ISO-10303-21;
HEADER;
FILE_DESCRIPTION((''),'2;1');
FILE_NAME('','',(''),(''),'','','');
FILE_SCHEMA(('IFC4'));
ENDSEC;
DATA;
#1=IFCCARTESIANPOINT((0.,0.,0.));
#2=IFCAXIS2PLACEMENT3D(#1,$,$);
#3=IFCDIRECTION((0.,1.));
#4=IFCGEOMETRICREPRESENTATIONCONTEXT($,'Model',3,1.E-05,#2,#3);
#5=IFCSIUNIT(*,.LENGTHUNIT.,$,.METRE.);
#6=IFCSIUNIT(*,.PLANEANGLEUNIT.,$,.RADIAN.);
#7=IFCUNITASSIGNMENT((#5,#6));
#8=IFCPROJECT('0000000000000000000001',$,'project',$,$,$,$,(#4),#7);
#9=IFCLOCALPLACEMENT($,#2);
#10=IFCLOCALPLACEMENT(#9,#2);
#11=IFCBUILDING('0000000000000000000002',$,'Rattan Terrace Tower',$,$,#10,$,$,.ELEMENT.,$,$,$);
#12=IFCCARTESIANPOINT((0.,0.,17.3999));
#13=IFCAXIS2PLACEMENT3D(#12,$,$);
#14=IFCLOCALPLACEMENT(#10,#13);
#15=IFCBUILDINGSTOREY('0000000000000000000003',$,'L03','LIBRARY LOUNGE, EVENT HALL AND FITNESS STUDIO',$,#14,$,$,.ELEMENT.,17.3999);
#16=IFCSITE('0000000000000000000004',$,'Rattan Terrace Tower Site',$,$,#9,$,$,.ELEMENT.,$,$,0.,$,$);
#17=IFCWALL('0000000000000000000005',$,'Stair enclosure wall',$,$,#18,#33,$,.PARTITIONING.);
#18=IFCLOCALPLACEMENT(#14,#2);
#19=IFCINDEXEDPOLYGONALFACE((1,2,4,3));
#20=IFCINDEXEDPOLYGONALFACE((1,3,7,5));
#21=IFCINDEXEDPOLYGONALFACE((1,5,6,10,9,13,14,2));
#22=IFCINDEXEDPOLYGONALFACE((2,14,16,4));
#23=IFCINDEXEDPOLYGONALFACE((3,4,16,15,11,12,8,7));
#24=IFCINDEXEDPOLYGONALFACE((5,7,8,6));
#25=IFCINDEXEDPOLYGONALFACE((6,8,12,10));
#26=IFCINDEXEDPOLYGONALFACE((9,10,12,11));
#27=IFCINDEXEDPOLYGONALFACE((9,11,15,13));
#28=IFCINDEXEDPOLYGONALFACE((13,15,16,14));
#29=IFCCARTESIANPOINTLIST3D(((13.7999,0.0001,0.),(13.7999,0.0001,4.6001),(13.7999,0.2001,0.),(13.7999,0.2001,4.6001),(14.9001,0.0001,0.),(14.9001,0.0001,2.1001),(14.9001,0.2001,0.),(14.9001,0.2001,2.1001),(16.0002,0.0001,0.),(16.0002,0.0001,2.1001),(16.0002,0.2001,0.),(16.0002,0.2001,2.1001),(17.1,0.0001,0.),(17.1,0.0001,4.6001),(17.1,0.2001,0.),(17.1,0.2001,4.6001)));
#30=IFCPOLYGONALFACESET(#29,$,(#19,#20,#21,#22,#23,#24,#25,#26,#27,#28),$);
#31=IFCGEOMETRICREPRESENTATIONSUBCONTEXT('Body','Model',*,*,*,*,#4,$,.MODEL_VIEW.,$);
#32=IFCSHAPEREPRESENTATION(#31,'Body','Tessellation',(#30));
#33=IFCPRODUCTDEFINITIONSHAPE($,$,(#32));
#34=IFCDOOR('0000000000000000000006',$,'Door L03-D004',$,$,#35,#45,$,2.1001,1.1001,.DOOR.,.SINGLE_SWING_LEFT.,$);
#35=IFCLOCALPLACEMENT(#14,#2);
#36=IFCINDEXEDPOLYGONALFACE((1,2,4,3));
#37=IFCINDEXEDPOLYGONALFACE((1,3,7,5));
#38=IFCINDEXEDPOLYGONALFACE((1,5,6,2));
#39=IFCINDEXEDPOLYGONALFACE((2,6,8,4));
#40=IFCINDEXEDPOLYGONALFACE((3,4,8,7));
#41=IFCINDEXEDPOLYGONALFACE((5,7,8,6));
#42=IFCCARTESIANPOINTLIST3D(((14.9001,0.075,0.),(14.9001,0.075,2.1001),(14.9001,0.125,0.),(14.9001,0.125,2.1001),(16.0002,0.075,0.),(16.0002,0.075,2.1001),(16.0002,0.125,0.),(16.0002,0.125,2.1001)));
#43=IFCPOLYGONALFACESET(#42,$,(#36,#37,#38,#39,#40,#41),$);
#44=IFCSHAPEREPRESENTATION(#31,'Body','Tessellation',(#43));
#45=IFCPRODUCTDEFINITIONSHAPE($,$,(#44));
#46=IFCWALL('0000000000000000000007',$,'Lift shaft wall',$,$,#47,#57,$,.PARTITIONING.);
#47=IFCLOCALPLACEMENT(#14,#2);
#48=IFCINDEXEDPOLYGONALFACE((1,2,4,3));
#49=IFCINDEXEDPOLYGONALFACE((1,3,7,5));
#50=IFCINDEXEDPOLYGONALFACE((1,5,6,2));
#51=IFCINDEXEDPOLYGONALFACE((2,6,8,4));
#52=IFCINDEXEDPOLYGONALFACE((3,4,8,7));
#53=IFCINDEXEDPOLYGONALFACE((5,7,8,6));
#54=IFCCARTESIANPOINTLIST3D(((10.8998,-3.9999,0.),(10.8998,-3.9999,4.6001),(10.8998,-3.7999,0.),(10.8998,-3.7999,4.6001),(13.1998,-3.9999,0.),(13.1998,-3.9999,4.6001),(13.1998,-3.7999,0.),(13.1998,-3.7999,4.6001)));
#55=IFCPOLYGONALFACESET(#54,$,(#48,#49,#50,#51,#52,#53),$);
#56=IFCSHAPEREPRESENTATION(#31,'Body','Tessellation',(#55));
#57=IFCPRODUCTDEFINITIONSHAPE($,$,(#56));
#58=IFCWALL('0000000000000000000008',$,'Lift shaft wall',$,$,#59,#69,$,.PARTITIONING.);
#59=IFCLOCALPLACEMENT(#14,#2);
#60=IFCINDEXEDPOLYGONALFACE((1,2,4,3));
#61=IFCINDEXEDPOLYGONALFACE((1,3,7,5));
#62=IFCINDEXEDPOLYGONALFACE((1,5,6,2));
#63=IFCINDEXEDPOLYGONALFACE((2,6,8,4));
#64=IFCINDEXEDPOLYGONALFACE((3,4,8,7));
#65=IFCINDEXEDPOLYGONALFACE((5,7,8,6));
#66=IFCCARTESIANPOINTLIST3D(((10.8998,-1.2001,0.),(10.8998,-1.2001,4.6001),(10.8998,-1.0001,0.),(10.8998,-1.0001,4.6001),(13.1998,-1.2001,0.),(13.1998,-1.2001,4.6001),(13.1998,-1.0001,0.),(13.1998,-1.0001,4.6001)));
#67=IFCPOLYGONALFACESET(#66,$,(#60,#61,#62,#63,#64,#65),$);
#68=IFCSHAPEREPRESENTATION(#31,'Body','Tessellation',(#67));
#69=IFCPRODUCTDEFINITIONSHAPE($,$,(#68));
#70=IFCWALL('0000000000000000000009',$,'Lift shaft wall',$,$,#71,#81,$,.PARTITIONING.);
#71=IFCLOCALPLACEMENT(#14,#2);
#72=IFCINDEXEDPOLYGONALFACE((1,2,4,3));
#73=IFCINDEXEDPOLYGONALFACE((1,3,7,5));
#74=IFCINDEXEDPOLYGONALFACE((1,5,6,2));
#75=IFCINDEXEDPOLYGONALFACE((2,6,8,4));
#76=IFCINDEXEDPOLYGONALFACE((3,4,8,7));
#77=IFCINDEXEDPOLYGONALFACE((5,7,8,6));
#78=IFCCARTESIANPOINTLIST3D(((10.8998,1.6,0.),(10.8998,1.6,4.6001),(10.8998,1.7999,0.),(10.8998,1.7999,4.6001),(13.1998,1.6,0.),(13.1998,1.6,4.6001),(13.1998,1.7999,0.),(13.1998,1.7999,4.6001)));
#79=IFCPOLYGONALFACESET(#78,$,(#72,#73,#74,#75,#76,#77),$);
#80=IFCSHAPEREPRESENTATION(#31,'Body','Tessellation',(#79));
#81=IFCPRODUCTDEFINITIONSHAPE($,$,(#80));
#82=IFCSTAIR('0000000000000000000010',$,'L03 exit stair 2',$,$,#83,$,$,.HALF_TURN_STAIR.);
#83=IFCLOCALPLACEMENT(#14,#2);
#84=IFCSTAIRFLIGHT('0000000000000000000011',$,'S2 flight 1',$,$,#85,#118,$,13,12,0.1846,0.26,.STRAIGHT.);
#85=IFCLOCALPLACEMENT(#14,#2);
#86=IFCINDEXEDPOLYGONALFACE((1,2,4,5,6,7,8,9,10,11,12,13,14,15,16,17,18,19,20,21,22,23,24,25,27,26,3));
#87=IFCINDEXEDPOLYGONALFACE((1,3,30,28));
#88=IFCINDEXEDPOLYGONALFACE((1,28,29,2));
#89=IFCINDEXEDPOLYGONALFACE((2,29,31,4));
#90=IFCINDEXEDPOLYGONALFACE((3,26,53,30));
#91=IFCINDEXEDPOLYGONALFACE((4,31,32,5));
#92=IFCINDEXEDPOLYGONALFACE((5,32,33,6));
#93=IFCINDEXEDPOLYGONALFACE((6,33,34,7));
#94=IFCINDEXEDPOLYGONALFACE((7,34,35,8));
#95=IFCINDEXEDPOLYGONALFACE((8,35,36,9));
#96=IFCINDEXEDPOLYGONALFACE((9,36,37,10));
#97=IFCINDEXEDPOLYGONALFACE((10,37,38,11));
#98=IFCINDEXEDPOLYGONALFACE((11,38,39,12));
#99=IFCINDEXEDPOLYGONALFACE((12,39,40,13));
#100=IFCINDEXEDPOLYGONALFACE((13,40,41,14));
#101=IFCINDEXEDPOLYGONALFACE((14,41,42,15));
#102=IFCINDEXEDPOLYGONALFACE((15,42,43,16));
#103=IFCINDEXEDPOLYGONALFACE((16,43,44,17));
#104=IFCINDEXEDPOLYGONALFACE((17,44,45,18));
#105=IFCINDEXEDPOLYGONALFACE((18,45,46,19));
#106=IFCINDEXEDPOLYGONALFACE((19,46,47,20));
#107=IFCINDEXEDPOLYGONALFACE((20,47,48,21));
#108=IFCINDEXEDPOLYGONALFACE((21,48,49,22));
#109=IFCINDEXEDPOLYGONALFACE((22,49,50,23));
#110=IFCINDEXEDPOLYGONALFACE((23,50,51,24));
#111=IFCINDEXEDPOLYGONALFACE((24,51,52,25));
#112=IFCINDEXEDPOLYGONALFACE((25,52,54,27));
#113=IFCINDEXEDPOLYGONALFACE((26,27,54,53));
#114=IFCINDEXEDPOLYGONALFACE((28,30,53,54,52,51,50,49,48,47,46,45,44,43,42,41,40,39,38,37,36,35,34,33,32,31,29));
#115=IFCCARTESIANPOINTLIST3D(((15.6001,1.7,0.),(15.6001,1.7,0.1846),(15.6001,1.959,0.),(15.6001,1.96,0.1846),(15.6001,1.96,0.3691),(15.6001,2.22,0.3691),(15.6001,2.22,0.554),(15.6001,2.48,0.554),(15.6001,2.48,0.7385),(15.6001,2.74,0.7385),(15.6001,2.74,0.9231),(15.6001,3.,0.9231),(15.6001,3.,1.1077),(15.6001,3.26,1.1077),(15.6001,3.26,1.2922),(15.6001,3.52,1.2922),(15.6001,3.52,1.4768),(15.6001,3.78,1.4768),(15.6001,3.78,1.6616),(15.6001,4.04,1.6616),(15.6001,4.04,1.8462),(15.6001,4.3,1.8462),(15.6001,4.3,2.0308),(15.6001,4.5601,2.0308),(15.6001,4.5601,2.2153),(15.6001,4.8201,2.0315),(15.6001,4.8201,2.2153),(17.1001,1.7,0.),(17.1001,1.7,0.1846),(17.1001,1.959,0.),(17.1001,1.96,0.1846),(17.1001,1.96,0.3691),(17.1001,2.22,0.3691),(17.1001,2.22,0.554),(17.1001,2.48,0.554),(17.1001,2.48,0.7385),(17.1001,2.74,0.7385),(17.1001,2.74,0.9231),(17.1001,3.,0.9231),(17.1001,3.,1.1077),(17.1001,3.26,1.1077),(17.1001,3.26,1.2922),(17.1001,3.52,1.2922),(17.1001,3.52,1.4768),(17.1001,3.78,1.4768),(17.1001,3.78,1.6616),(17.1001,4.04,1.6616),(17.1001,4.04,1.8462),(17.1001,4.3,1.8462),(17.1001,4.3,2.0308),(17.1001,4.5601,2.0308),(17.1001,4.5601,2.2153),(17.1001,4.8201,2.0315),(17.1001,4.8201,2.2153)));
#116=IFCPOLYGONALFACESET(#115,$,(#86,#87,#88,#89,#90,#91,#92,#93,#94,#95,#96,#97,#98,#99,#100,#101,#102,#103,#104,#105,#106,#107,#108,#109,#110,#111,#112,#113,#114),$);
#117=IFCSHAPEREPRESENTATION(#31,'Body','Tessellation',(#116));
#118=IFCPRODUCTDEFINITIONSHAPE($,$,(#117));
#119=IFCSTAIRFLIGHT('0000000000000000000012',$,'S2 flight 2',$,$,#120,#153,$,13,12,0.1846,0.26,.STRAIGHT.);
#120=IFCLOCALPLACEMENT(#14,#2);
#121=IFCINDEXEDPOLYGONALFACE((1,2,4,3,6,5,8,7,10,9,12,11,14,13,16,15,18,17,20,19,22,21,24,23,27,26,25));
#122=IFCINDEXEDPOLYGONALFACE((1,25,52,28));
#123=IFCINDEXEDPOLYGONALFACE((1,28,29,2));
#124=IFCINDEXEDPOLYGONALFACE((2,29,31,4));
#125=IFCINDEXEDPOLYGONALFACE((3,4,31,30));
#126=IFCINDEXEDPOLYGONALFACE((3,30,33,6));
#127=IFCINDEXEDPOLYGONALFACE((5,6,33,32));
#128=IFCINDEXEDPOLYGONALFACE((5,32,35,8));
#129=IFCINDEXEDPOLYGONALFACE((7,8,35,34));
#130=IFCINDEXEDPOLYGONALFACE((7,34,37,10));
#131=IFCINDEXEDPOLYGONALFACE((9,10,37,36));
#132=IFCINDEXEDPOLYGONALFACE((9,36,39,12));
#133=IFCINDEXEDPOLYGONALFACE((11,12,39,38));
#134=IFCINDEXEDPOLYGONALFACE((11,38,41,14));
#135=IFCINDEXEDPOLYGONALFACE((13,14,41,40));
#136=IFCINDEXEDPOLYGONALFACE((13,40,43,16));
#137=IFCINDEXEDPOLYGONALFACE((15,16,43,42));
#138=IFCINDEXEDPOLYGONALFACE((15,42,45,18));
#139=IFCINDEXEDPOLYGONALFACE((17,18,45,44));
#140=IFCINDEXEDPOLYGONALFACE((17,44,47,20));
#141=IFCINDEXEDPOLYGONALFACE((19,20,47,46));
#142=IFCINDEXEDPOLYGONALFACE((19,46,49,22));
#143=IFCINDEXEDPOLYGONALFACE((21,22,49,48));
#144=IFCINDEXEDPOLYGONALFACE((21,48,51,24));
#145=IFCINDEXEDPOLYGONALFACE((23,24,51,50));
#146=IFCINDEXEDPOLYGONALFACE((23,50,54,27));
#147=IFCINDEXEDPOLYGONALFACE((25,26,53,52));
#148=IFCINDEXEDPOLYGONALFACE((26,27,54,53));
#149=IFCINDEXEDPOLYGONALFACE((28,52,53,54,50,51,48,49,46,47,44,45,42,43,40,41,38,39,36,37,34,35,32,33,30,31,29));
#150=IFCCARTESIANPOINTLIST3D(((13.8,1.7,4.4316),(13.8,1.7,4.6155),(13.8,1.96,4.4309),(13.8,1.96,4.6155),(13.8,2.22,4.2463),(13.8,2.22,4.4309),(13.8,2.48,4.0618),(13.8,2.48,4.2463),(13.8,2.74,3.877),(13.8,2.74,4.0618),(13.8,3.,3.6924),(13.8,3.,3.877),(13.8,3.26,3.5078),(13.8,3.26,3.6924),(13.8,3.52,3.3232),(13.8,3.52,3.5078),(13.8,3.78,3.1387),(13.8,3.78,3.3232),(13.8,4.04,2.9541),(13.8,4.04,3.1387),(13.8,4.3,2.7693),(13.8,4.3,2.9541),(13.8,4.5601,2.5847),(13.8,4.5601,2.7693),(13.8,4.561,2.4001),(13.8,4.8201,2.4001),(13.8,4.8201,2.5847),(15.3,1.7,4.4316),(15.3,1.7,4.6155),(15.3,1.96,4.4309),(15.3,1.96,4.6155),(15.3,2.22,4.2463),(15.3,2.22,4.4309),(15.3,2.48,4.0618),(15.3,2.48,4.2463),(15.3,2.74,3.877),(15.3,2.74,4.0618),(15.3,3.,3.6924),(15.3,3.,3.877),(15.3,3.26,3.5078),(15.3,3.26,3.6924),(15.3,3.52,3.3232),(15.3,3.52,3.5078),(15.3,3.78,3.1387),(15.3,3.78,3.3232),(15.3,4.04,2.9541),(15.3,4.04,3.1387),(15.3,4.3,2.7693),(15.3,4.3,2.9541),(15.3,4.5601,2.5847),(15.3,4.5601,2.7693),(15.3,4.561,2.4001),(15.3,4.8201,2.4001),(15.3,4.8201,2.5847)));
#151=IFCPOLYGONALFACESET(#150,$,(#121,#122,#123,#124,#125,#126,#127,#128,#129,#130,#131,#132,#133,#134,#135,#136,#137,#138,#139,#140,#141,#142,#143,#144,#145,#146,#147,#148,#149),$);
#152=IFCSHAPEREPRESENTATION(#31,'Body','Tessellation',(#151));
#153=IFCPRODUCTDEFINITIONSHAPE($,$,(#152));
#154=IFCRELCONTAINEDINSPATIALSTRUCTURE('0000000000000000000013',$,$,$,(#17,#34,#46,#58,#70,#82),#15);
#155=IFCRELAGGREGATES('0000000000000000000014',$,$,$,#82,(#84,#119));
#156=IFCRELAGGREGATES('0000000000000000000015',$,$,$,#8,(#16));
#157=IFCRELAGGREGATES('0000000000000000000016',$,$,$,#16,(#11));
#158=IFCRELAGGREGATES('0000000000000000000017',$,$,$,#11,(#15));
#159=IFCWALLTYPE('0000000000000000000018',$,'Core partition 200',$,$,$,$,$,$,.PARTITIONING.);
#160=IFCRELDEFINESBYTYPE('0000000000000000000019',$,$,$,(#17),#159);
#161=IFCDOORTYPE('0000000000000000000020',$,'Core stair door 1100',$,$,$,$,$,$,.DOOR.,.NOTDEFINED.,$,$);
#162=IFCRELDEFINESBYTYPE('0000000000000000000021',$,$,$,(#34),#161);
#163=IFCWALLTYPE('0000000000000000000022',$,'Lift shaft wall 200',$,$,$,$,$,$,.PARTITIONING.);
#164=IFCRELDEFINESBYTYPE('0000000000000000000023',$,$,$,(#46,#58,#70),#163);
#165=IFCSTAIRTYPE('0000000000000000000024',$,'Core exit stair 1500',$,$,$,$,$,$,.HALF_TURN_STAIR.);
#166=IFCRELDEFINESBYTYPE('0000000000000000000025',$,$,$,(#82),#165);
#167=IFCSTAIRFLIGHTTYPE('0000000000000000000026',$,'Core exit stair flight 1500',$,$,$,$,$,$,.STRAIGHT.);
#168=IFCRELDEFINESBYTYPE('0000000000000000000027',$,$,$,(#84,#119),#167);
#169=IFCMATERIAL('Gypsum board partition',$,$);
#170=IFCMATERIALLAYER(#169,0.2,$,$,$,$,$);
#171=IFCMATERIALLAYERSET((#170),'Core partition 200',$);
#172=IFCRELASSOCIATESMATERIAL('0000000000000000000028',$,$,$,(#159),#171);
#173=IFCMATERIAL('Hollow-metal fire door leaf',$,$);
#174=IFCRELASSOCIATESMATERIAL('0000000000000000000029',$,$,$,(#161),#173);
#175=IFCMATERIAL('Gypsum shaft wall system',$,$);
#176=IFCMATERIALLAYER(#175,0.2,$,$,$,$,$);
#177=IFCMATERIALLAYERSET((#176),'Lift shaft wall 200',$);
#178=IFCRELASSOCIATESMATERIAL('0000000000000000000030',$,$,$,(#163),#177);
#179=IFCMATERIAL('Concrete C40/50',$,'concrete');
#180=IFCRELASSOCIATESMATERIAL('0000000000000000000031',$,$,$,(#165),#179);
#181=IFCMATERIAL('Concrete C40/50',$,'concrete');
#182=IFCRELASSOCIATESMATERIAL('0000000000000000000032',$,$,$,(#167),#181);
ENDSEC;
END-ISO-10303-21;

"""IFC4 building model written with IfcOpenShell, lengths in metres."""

from ifc_helpers import new_model, si_unit, direction, frame, frame_2d, origin, place, context, subcontext, project, spatial, polyline, rectangle, outline, extrude, material, layer, layer_set, type_object, element, fill, aggregate, save


model = new_model("IFC4")

# Units and contexts
model_context = context("Model", 3, precision=1e-05, world=origin(), true_north=direction((0.0, 1.0)))
body_context = subcontext(model_context, "Body", "Model", "MODEL_VIEW")
ifc_project = project(units=[si_unit("LENGTHUNIT", "METRE"), si_unit("PLANEANGLEUNIT", "RADIAN")], contexts=[model_context])

# Site, building, storey
site_placement = place(None, origin())
site = spatial("IfcSite", under=ifc_project, at=site_placement, Name="Rattan Terrace Tower Site", CompositionType="ELEMENT", RefElevation=0.0)
building_placement = place(site_placement, origin())
building = spatial("IfcBuilding", under=site, at=building_placement, Name="Rattan Terrace Tower", CompositionType="ELEMENT")
storey_placement = place(building_placement, frame((0.0, 0.0, 17.3999)))
storey = spatial("IfcBuildingStorey", under=building, at=storey_placement, Name="L03", Description="LIBRARY LOUNGE, EVENT HALL AND FITNESS STUDIO", CompositionType="ELEMENT", Elevation=17.3999)

# Wall, opening, door
ifc_material_1 = material(Name="Gypsum board partition")
ifc_layer_1 = layer(ifc_material_1, 0.2)
ifc_layer_set_1 = layer_set([ifc_layer_1], Name="Core partition 200")
wall_type_1 = type_object("IfcWallType", Name="Core partition 200", PredefinedType="PARTITIONING", material=ifc_layer_set_1)
wall_1_placement = place(storey_placement, frame((13.8, 0.1001, 0.0), z_axis=(0.0, 0.0, 1.0), x_axis=(1.0, 0.0, 0.0)))
wall_1 = element("IfcWall", 1, at=wall_1_placement, inside=storey, type_object=wall_type_1, Name="Stair enclosure wall", PredefinedType="PARTITIONING", context=body_context, shape_type="SweptSolid", body=[
    extrude(rectangle(XDim=3.3, YDim=0.2, at=frame_2d((1.6499, 0.0))), origin(), (0.0, 0.0, 1.0), 4.6001),
])
opening_1_placement = place(wall_1_placement, frame((1.1001, 0.0, 0.0)))
opening_1 = element("IfcOpeningElement", 2, at=opening_1_placement, cuts=wall_1, PredefinedType="OPENING", context=body_context, shape_type="SweptSolid", body=[
    extrude(rectangle(XDim=1.1001, YDim=2.1001, at=frame_2d((0.55, 1.05))), frame((0.0, 0.1106, 0.0), z_axis=(0.0, -1.0, 0.0), x_axis=(1.0, 0.0, 0.0)), (0.0, 0.0, 1.0), 0.2209),
])
ifc_material_2 = material(Name="Hollow-metal fire door leaf")
door_type_1 = type_object("IfcDoorType", Name="Core stair door 1100", OperationType="NOTDEFINED", PredefinedType="DOOR", material=ifc_material_2)
door_1_placement = place(opening_1_placement, origin())
door_1 = element("IfcDoor", 3, at=door_1_placement, inside=storey, type_object=door_type_1, Name="Door L03-D004", OperationType="SINGLE_SWING_LEFT", OverallHeight=2.1001, OverallWidth=1.1001, PredefinedType="DOOR", context=body_context, shape_type="SweptSolid", body=[
    extrude(rectangle(XDim=1.1001, YDim=2.1001, at=frame_2d((0.55, 1.05))), frame((0.0, 0.0249, 0.0), z_axis=(0.0, -1.0, 0.0), x_axis=(1.0, 0.0, 0.0)), (0.0, 0.0, 1.0), 0.05),
])
fill(opening_1, door_1)

# Walls
ifc_material_3 = material(Name="Gypsum shaft wall system")
ifc_layer_2 = layer(ifc_material_3, 0.2)
ifc_layer_set_2 = layer_set([ifc_layer_2], Name="Lift shaft wall 200")
wall_type_2 = type_object("IfcWallType", Name="Lift shaft wall 200", PredefinedType="PARTITIONING", material=ifc_layer_set_2)
for number, where, z_axis, x_axis, name in (
    (4, (10.8999, -3.8999, 0.0), (0.0, 0.0, 1.0), (1.0, 0.0, 0.0), "Lift shaft wall"),
    (5, (10.8999, -1.1001, 0.0), (0.0, 0.0, 1.0), (1.0, 0.0, 0.0), "Lift shaft wall"),
    (6, (10.8999, 1.7, 0.0), (0.0, 0.0, 1.0), (1.0, 0.0, 0.0), "Lift shaft wall"),
):
    element("IfcWall", number, at=place(storey_placement, frame(where, z_axis=z_axis, x_axis=x_axis)), inside=storey, type_object=wall_type_2, Name=name, PredefinedType="PARTITIONING", context=body_context, shape_type="SweptSolid", body=[
        extrude(rectangle(XDim=2.3, YDim=0.2, at=frame_2d((1.1499, 0.0))), origin(), (0.0, 0.0, 1.0), 4.6001),
    ])

# Stair, stair flights
ifc_material_4 = material(Name="Concrete C40/50", Category="concrete")
stair_type = type_object("IfcStairType", Name="Core exit stair 1500", PredefinedType="HALF_TURN_STAIR", material=ifc_material_4)
stair_1_placement = place(storey_placement, origin())
stair_1 = element("IfcStair", 7, at=stair_1_placement, inside=storey, type_object=stair_type, Name="L03 exit stair 2", PredefinedType="HALF_TURN_STAIR")
ifc_material_5 = material(Name="Concrete C40/50", Category="concrete")
stair_flight_type = type_object("IfcStairFlightType", Name="Core exit stair flight 1500", PredefinedType="STRAIGHT", material=ifc_material_5)
stair_flight_1_placement = place(storey_placement, frame((16.3501, 1.7, 0.0), z_axis=(0.0, 0.0, 1.0), x_axis=(0.0, 1.0, 0.0)))
stair_flight_1 = element("IfcStairFlight", 8, at=stair_flight_1_placement, type_object=stair_flight_type, Name="S2 flight 1", NumberOfRisers=13, NumberOfTreads=12, PredefinedType="STRAIGHT", RiserHeight=0.1846, TreadLength=0.26, context=body_context, shape_type="SweptSolid", body=[
    extrude(outline(polyline([(0.0, 0.0), (0.0, 0.1846), (0.26, 0.1846), (0.26, 0.3691), (0.52, 0.3691), (0.52, 0.554), (0.78, 0.554), (0.78, 0.7385), (1.04, 0.7385), (1.04, 0.9231), (1.3, 0.9231), (1.3, 1.1077), (1.5601, 1.1077), (1.5601, 1.2922), (1.8201, 1.2922), (1.8201, 1.4768), (2.0801, 1.4768), (2.0801, 1.6616), (2.3401, 1.6616), (2.3401, 1.8462), (2.6001, 1.8462), (2.6001, 2.0308), (2.8601, 2.0308), (2.8601, 2.2153), (3.1201, 2.2153), (3.1201, 2.3999), (3.1201, 2.0315), (0.259, 0.0), (0.0, 0.0)])), frame((0.0, 0.75, 0.0), z_axis=(0.0, -1.0, 0.0), x_axis=(1.0, 0.0, 0.0)), (0.0, 0.0, 1.0), 1.5),
])
stair_flight_2_placement = place(storey_placement, frame((14.55, 4.8201, 2.4001), z_axis=(0.0, 0.0, 1.0), x_axis=(0.0, -1.0, 0.0)))
stair_flight_2 = element("IfcStairFlight", 9, at=stair_flight_2_placement, type_object=stair_flight_type, Name="S2 flight 2", NumberOfRisers=13, NumberOfTreads=12, PredefinedType="STRAIGHT", RiserHeight=0.1846, TreadLength=0.26, context=body_context, shape_type="SweptSolid", body=[
    extrude(outline(polyline([(0.0, 0.0), (0.0, 0.1846), (0.26, 0.1846), (0.26, 0.3691), (0.52, 0.3691), (0.52, 0.554), (0.78, 0.554), (0.78, 0.7385), (1.04, 0.7385), (1.04, 0.9231), (1.3, 0.9231), (1.3, 1.1077), (1.5601, 1.1077), (1.5601, 1.2922), (1.8201, 1.2922), (1.8201, 1.4768), (2.0801, 1.4768), (2.0801, 1.6616), (2.3401, 1.6616), (2.3401, 1.8462), (2.6001, 1.8462), (2.6001, 2.0308), (2.8601, 2.0308), (2.8601, 2.2153), (3.1201, 2.2153), (3.1201, 2.3999), (3.1201, 2.0315), (0.259, 0.0), (0.0, 0.0)])), frame((0.0, 0.75, 0.0), z_axis=(0.0, -1.0, 0.0), x_axis=(1.0, 0.0, 0.0)), (0.0, 0.0, 1.0), 1.5),
])
aggregate(stair_1, [stair_flight_1, stair_flight_2])

save(model, "model.ifc")
